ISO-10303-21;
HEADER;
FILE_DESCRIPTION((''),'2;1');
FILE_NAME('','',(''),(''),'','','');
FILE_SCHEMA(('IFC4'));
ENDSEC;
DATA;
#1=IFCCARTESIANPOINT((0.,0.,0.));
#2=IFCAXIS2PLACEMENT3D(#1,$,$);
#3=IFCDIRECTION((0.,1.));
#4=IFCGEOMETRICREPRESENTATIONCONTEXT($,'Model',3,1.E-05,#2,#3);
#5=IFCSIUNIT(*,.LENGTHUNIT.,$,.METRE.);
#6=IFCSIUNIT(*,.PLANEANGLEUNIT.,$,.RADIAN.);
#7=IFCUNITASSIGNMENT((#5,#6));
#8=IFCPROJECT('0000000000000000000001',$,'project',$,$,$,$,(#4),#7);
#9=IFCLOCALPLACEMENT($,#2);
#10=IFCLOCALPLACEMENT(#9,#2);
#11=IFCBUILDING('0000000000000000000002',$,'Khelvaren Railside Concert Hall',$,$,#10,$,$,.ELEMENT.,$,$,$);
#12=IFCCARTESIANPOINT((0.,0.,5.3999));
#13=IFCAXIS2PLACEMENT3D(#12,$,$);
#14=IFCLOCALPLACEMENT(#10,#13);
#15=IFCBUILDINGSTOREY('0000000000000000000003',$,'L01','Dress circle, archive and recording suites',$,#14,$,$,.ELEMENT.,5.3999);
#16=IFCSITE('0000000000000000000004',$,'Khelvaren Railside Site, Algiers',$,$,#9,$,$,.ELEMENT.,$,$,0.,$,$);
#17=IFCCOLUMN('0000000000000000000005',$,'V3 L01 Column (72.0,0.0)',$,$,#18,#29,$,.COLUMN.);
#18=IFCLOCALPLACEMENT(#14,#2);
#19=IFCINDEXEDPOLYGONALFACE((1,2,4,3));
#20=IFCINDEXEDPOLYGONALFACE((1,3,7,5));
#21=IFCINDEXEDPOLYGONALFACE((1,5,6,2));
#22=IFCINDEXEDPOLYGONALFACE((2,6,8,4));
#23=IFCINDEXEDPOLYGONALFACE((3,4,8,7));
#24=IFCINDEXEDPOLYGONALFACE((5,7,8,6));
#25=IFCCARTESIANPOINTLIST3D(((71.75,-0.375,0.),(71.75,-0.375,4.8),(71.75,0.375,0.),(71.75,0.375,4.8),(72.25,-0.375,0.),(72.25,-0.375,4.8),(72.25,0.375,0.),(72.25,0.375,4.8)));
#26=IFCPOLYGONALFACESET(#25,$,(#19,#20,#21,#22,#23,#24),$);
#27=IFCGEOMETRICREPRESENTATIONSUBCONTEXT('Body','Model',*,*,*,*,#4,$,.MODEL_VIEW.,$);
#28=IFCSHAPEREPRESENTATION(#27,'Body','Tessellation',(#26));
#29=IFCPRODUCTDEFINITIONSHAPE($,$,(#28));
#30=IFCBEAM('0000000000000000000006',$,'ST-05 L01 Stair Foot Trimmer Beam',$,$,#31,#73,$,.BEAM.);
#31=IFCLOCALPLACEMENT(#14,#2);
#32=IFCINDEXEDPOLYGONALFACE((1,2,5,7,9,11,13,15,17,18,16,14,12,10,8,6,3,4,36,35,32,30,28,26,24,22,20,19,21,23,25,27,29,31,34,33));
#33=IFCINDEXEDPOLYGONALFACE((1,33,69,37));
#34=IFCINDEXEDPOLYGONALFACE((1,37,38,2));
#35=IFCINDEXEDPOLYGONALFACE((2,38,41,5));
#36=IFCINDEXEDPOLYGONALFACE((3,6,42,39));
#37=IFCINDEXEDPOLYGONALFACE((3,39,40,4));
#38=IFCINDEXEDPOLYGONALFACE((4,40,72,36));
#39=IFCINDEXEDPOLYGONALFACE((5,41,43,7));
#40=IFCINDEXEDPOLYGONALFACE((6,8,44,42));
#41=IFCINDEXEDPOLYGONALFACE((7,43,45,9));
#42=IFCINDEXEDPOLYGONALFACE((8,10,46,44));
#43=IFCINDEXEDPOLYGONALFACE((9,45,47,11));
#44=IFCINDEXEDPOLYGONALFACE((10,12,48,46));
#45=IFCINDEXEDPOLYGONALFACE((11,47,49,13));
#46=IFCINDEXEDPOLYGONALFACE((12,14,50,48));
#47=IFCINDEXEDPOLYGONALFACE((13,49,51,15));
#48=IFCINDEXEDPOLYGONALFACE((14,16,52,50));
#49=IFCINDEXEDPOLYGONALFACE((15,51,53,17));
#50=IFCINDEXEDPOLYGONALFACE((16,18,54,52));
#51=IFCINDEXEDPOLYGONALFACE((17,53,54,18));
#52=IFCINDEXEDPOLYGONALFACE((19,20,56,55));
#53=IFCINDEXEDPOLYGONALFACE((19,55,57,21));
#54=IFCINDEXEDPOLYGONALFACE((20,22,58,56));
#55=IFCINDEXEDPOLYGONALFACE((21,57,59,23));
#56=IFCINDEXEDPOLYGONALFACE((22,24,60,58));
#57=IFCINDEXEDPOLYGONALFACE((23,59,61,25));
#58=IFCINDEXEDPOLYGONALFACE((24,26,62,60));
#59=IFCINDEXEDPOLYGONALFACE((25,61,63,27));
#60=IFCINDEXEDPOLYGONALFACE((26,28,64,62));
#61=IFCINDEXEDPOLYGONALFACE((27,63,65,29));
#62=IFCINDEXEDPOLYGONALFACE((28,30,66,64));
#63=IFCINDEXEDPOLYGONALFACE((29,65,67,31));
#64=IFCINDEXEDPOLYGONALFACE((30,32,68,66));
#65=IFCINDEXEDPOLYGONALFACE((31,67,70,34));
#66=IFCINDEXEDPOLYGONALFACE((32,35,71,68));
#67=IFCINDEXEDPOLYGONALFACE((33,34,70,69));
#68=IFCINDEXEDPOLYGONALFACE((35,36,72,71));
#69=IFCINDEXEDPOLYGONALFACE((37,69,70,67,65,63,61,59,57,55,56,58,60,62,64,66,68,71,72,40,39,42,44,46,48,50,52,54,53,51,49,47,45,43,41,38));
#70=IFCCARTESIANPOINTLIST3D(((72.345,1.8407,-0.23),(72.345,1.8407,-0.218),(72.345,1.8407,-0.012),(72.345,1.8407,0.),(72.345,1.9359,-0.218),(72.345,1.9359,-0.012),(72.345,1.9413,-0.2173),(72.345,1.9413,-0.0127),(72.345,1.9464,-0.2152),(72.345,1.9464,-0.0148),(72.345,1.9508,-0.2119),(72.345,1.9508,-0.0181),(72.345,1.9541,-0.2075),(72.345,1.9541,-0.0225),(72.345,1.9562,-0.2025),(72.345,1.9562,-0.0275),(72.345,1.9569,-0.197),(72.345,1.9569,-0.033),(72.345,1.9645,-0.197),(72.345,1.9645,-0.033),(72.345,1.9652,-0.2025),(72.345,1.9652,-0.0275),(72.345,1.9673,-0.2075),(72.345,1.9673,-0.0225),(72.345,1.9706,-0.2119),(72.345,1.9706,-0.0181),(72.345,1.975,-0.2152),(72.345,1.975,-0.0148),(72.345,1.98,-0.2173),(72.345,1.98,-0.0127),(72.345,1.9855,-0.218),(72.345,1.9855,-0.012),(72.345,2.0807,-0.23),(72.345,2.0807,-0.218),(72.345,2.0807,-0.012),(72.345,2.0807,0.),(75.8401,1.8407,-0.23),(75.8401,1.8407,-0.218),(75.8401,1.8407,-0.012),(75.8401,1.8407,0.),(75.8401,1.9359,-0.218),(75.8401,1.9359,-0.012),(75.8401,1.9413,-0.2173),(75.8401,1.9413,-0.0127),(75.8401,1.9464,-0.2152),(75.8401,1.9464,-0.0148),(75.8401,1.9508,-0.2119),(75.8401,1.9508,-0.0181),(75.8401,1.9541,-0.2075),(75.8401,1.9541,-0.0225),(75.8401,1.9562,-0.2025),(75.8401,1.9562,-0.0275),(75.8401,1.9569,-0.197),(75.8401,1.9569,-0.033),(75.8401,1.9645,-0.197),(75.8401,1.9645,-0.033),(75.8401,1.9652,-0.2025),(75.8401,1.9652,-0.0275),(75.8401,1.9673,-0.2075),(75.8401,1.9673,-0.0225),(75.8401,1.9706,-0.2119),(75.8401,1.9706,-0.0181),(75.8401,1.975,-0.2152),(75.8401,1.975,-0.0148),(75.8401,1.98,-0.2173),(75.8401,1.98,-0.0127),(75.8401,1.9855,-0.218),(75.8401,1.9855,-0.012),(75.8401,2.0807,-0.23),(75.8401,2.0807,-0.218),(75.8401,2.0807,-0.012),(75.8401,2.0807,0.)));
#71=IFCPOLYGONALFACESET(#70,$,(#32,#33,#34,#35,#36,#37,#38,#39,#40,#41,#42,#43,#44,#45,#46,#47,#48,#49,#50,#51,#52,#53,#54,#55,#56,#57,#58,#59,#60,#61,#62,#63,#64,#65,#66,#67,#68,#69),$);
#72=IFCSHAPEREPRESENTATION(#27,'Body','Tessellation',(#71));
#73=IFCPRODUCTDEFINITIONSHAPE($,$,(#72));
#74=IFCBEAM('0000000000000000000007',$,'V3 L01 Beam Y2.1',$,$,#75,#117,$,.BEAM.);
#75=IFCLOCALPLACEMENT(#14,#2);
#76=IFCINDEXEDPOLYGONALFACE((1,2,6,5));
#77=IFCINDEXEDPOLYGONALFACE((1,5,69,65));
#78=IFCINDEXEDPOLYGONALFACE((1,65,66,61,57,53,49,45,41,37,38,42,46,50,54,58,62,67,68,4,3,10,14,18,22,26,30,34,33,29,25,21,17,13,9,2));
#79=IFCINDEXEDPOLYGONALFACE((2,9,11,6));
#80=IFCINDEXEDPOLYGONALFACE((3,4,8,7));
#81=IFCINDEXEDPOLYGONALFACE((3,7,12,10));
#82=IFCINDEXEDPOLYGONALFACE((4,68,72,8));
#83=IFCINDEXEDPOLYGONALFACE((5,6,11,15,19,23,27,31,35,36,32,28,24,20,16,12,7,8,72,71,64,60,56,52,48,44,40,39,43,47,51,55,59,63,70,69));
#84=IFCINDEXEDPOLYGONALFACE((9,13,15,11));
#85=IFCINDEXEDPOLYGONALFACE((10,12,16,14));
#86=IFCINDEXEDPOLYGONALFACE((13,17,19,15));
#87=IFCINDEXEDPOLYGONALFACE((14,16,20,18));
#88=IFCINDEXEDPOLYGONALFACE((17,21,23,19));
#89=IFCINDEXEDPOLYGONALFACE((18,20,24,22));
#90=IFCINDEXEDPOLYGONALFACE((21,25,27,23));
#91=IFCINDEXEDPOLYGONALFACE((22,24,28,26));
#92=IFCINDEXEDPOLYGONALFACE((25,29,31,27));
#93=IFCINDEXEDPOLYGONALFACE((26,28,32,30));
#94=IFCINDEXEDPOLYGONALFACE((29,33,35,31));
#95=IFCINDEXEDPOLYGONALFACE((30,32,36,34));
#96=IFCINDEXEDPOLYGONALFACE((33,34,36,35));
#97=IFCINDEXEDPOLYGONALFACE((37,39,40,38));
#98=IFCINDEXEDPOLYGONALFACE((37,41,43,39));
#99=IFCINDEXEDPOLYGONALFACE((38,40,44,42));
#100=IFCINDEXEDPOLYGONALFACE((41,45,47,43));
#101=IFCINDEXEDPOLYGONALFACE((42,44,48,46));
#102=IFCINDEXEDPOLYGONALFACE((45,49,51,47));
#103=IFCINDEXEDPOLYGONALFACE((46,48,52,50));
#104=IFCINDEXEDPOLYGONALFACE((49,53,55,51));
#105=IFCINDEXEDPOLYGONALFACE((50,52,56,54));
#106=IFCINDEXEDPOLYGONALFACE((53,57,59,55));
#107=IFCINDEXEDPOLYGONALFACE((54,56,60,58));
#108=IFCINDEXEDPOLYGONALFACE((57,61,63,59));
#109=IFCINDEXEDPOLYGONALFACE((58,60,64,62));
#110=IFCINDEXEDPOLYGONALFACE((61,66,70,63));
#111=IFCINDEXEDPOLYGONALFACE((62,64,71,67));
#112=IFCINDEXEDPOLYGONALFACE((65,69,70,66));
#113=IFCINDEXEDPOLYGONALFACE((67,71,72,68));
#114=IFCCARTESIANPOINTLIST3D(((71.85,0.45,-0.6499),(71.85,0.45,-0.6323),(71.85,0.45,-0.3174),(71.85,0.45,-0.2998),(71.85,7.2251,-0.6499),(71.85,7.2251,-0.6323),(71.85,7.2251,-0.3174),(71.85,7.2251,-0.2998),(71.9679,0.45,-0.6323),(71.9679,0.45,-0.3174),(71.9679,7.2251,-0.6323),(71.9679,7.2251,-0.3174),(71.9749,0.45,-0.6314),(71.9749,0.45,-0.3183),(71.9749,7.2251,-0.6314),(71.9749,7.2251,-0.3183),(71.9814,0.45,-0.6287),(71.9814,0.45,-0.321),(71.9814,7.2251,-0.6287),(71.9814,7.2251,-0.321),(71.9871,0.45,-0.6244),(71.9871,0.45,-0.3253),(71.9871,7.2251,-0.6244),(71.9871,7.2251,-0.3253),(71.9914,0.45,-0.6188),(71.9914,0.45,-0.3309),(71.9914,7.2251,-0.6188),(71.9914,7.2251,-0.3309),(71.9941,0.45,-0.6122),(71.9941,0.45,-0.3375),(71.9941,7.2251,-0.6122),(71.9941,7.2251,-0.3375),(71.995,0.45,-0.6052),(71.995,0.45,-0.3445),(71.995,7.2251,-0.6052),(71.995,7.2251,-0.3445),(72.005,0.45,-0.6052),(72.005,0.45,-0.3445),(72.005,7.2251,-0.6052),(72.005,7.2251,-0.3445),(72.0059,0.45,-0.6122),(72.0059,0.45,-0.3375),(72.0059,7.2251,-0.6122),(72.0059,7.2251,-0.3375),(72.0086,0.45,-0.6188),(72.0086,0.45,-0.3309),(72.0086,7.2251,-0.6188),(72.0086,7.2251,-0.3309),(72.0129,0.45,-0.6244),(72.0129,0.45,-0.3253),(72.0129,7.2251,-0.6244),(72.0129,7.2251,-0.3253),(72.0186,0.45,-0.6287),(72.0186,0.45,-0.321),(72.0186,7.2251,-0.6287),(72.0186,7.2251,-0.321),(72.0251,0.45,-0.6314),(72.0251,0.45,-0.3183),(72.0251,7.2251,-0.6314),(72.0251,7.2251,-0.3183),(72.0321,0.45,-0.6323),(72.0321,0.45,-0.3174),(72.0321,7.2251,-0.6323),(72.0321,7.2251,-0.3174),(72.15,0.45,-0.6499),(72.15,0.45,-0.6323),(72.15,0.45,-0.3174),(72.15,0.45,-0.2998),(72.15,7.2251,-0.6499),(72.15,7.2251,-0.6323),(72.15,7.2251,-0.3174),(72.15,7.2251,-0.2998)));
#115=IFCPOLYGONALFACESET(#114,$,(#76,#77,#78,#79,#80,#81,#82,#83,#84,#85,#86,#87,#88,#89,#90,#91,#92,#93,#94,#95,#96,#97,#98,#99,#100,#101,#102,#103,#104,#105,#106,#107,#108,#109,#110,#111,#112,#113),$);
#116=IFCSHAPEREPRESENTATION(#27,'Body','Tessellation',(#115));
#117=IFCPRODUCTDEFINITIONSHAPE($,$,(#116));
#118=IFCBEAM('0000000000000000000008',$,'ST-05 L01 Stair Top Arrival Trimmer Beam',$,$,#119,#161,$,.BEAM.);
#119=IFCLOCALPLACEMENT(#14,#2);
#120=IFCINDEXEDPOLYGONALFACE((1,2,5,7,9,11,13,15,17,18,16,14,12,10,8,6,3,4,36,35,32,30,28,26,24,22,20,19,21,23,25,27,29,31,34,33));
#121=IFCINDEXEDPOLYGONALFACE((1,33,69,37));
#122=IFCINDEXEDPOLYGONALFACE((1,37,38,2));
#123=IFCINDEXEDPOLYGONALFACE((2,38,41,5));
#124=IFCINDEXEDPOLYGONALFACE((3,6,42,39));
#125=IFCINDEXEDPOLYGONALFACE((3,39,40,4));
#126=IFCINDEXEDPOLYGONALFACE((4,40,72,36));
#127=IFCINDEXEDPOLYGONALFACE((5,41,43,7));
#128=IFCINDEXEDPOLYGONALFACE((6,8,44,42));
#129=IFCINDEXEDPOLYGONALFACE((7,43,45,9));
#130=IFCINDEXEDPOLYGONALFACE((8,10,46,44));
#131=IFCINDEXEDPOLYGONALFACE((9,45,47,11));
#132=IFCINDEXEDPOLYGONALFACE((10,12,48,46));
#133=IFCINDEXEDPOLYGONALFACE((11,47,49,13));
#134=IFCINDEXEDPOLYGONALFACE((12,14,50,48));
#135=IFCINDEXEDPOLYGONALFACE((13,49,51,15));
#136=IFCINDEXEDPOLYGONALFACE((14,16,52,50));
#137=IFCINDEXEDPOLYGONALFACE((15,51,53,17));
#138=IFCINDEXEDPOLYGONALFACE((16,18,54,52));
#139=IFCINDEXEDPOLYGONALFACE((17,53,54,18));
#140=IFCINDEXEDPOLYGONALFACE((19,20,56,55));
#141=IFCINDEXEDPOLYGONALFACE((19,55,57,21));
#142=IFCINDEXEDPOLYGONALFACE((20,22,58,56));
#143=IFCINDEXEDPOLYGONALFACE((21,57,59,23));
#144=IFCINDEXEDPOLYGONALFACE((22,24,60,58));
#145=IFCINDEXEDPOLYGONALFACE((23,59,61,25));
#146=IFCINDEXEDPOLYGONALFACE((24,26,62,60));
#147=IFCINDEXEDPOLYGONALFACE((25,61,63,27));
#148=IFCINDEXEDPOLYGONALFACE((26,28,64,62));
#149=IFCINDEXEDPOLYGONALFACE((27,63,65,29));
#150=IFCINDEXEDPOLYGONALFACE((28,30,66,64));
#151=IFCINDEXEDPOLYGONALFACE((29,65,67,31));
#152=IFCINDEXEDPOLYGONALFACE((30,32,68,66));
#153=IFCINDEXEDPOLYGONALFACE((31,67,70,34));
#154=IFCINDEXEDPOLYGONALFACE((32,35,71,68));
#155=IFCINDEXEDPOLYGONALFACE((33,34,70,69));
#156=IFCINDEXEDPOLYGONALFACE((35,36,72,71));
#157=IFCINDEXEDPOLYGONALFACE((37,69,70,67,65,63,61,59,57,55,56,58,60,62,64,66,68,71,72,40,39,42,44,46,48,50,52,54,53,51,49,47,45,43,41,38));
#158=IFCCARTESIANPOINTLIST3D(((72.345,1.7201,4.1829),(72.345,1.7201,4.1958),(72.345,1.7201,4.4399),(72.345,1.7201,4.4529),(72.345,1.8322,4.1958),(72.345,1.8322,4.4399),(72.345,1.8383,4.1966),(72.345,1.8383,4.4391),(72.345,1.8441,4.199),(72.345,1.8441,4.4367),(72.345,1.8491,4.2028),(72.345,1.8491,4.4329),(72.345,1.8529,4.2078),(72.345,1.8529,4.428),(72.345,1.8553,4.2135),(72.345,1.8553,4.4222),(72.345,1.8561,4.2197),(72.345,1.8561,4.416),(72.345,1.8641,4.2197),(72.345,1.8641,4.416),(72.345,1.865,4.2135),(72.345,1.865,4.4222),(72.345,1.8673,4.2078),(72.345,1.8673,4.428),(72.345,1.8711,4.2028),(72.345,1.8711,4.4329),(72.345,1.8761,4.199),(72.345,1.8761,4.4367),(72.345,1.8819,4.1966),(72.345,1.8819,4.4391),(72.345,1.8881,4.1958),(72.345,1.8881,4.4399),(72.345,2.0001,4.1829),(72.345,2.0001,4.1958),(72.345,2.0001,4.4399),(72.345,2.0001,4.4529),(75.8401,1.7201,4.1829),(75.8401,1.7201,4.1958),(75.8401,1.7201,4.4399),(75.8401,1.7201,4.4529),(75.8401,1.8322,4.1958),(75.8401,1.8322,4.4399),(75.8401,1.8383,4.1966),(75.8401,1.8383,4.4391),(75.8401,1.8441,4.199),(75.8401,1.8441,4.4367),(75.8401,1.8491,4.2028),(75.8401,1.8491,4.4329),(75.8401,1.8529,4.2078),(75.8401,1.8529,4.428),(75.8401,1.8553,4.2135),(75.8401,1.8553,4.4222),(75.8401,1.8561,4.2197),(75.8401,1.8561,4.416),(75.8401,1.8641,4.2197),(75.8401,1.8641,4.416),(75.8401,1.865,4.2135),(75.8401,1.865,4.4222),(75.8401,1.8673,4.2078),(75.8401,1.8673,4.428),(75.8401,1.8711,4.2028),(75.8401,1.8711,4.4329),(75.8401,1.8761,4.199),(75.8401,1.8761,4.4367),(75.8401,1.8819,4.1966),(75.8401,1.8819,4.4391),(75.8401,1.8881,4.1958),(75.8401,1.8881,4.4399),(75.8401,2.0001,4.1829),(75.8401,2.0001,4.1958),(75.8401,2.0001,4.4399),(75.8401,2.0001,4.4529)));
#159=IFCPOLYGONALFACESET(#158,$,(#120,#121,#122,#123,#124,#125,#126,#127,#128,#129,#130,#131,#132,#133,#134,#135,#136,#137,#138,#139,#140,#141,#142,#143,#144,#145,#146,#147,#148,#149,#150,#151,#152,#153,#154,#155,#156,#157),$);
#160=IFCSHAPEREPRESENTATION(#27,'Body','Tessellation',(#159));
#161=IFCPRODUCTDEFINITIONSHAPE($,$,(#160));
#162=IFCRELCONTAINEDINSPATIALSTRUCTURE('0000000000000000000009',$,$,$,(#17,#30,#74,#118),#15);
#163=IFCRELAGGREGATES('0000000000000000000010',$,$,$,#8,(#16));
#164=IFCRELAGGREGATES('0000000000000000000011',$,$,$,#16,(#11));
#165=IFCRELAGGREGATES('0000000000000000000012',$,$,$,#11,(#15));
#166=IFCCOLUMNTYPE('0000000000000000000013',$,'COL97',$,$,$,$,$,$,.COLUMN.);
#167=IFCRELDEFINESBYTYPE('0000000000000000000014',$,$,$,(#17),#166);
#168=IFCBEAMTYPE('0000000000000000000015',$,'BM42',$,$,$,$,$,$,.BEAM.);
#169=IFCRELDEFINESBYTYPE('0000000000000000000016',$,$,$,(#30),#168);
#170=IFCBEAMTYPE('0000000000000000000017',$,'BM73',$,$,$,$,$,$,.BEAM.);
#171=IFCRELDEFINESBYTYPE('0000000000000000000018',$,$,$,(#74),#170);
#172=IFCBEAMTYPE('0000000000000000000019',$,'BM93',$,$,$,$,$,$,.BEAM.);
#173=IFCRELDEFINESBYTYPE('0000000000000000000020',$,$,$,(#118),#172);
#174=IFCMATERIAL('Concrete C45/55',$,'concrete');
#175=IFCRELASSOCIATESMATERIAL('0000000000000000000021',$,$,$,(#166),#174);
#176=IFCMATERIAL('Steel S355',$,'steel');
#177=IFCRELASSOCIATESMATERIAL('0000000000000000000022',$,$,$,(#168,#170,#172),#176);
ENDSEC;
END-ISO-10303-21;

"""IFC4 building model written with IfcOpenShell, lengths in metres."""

from ifc_helpers import new_model, si_unit, direction, frame, origin, origin_2d, place, context, subcontext, project, spatial, rectangle, i_section, extrude, material, material_profile, profile_set, type_object, element, save


model = new_model("IFC4")

# Units and contexts
model_context = context("Model", 3, precision=1e-05, world=origin(), true_north=direction((0.0, 1.0)))
body_context = subcontext(model_context, "Body", "Model", "MODEL_VIEW")
ifc_project = project(units=[si_unit("LENGTHUNIT", "METRE"), si_unit("PLANEANGLEUNIT", "RADIAN")], contexts=[model_context])

# Site, building, storey
site_placement = place(None, origin())
site = spatial("IfcSite", under=ifc_project, at=site_placement, Name="Khelvaren Railside Site, Algiers", CompositionType="ELEMENT", RefElevation=0.0)
building_placement = place(site_placement, origin())
building = spatial("IfcBuilding", under=site, at=building_placement, Name="Khelvaren Railside Concert Hall", CompositionType="ELEMENT")
storey_placement = place(building_placement, frame((0.0, 0.0, 5.3999)))
storey = spatial("IfcBuildingStorey", under=building, at=storey_placement, Name="L01", Description="Dress circle, archive and recording suites", CompositionType="ELEMENT", Elevation=5.3999)

# Column
ifc_material_1 = material(Name="Concrete C45/55", Category="concrete")
ifc_material_profile_1 = material_profile(ifc_material_1, rectangle(XDim=0.5, YDim=0.75, at=origin_2d()), Name="RC 500x750")
ifc_profile_set_1 = profile_set([ifc_material_profile_1], Name="Concrete C45/55")
column_type = type_object("IfcColumnType", Name="COL97", PredefinedType="COLUMN", material=ifc_profile_set_1)
column_placement = place(storey_placement, frame((72.0, 0.0, 0.0), z_axis=(0.0, 0.0, 1.0), x_axis=(1.0, 0.0, 0.0)))
element("IfcColumn", 1, at=column_placement, inside=storey, type_object=column_type, Name="V3 L01 Column (72.0,0.0)", PredefinedType="COLUMN", context=body_context, shape_type="SweptSolid", body=[
    extrude(rectangle(XDim=0.5, YDim=0.75, at=origin_2d()), origin(), (0.0, 0.0, 1.0), 4.8),
])

# Beams
ifc_material_2 = material(Name="Steel S355", Category="steel")
ifc_material_profile_2 = material_profile(ifc_material_2, i_section(OverallWidth=0.24, OverallDepth=0.23, WebThickness=0.0076, FlangeThickness=0.012, FilletRadius=0.021, at=origin_2d()), Name="HEA 240")
ifc_profile_set_2 = profile_set([ifc_material_profile_2], Name="Steel S355")
beam_type_1 = type_object("IfcBeamType", Name="BM42", PredefinedType="BEAM", material=ifc_profile_set_2)
beam_1_placement = place(storey_placement, frame((72.345, 1.9607, -0.115), z_axis=(1.0, 0.0, 0.0), x_axis=(0.0, 1.0, 0.0)))
element("IfcBeam", 2, at=beam_1_placement, inside=storey, type_object=beam_type_1, Name="ST-05 L01 Stair Foot Trimmer Beam", PredefinedType="BEAM", context=body_context, shape_type="SweptSolid", body=[
    extrude(i_section(OverallWidth=0.24, OverallDepth=0.23, WebThickness=0.0076, FlangeThickness=0.012, FilletRadius=0.021, at=origin_2d()), origin(), (0.0, 0.0, 1.0), 3.4951),
])
ifc_material_profile_3 = material_profile(ifc_material_2, i_section(OverallWidth=0.3, OverallDepth=0.3501, WebThickness=0.01, FlangeThickness=0.0176, FilletRadius=0.0271, at=origin_2d()), Name="HEA 360")
ifc_profile_set_3 = profile_set([ifc_material_profile_3], Name="Steel S355")
beam_type_2 = type_object("IfcBeamType", Name="BM73", PredefinedType="BEAM", material=ifc_profile_set_3)
beam_2_placement = place(storey_placement, frame((72.0, 0.45, -0.4749), z_axis=(0.0, 1.0, 0.0), x_axis=(-1.0, 0.0, 0.0)))
element("IfcBeam", 3, at=beam_2_placement, inside=storey, type_object=beam_type_2, Name="V3 L01 Beam Y2.1", PredefinedType="BEAM", context=body_context, shape_type="SweptSolid", body=[
    extrude(i_section(OverallWidth=0.3, OverallDepth=0.3501, WebThickness=0.01, FlangeThickness=0.0176, FilletRadius=0.0271, at=origin_2d()), origin(), (0.0, 0.0, 1.0), 6.7751),
])
ifc_material_profile_4 = material_profile(ifc_material_2, i_section(OverallWidth=0.28, OverallDepth=0.27, WebThickness=0.0081, FlangeThickness=0.0129, FilletRadius=0.0239, at=origin_2d()), Name="HEA 280")
ifc_profile_set_4 = profile_set([ifc_material_profile_4], Name="Steel S355")
beam_type_3 = type_object("IfcBeamType", Name="BM93", PredefinedType="BEAM", material=ifc_profile_set_4)
beam_3_placement = place(storey_placement, frame((72.345, 1.8601, 4.3179), z_axis=(1.0, 0.0, 0.0), x_axis=(0.0, 1.0, 0.0)))
element("IfcBeam", 4, at=beam_3_placement, inside=storey, type_object=beam_type_3, Name="ST-05 L01 Stair Top Arrival Trimmer Beam", PredefinedType="BEAM", context=body_context, shape_type="SweptSolid", body=[
    extrude(i_section(OverallWidth=0.28, OverallDepth=0.27, WebThickness=0.0081, FlangeThickness=0.0129, FilletRadius=0.0239, at=origin_2d()), origin(), (0.0, 0.0, 1.0), 3.4951),
])

save(model, "model.ifc")
